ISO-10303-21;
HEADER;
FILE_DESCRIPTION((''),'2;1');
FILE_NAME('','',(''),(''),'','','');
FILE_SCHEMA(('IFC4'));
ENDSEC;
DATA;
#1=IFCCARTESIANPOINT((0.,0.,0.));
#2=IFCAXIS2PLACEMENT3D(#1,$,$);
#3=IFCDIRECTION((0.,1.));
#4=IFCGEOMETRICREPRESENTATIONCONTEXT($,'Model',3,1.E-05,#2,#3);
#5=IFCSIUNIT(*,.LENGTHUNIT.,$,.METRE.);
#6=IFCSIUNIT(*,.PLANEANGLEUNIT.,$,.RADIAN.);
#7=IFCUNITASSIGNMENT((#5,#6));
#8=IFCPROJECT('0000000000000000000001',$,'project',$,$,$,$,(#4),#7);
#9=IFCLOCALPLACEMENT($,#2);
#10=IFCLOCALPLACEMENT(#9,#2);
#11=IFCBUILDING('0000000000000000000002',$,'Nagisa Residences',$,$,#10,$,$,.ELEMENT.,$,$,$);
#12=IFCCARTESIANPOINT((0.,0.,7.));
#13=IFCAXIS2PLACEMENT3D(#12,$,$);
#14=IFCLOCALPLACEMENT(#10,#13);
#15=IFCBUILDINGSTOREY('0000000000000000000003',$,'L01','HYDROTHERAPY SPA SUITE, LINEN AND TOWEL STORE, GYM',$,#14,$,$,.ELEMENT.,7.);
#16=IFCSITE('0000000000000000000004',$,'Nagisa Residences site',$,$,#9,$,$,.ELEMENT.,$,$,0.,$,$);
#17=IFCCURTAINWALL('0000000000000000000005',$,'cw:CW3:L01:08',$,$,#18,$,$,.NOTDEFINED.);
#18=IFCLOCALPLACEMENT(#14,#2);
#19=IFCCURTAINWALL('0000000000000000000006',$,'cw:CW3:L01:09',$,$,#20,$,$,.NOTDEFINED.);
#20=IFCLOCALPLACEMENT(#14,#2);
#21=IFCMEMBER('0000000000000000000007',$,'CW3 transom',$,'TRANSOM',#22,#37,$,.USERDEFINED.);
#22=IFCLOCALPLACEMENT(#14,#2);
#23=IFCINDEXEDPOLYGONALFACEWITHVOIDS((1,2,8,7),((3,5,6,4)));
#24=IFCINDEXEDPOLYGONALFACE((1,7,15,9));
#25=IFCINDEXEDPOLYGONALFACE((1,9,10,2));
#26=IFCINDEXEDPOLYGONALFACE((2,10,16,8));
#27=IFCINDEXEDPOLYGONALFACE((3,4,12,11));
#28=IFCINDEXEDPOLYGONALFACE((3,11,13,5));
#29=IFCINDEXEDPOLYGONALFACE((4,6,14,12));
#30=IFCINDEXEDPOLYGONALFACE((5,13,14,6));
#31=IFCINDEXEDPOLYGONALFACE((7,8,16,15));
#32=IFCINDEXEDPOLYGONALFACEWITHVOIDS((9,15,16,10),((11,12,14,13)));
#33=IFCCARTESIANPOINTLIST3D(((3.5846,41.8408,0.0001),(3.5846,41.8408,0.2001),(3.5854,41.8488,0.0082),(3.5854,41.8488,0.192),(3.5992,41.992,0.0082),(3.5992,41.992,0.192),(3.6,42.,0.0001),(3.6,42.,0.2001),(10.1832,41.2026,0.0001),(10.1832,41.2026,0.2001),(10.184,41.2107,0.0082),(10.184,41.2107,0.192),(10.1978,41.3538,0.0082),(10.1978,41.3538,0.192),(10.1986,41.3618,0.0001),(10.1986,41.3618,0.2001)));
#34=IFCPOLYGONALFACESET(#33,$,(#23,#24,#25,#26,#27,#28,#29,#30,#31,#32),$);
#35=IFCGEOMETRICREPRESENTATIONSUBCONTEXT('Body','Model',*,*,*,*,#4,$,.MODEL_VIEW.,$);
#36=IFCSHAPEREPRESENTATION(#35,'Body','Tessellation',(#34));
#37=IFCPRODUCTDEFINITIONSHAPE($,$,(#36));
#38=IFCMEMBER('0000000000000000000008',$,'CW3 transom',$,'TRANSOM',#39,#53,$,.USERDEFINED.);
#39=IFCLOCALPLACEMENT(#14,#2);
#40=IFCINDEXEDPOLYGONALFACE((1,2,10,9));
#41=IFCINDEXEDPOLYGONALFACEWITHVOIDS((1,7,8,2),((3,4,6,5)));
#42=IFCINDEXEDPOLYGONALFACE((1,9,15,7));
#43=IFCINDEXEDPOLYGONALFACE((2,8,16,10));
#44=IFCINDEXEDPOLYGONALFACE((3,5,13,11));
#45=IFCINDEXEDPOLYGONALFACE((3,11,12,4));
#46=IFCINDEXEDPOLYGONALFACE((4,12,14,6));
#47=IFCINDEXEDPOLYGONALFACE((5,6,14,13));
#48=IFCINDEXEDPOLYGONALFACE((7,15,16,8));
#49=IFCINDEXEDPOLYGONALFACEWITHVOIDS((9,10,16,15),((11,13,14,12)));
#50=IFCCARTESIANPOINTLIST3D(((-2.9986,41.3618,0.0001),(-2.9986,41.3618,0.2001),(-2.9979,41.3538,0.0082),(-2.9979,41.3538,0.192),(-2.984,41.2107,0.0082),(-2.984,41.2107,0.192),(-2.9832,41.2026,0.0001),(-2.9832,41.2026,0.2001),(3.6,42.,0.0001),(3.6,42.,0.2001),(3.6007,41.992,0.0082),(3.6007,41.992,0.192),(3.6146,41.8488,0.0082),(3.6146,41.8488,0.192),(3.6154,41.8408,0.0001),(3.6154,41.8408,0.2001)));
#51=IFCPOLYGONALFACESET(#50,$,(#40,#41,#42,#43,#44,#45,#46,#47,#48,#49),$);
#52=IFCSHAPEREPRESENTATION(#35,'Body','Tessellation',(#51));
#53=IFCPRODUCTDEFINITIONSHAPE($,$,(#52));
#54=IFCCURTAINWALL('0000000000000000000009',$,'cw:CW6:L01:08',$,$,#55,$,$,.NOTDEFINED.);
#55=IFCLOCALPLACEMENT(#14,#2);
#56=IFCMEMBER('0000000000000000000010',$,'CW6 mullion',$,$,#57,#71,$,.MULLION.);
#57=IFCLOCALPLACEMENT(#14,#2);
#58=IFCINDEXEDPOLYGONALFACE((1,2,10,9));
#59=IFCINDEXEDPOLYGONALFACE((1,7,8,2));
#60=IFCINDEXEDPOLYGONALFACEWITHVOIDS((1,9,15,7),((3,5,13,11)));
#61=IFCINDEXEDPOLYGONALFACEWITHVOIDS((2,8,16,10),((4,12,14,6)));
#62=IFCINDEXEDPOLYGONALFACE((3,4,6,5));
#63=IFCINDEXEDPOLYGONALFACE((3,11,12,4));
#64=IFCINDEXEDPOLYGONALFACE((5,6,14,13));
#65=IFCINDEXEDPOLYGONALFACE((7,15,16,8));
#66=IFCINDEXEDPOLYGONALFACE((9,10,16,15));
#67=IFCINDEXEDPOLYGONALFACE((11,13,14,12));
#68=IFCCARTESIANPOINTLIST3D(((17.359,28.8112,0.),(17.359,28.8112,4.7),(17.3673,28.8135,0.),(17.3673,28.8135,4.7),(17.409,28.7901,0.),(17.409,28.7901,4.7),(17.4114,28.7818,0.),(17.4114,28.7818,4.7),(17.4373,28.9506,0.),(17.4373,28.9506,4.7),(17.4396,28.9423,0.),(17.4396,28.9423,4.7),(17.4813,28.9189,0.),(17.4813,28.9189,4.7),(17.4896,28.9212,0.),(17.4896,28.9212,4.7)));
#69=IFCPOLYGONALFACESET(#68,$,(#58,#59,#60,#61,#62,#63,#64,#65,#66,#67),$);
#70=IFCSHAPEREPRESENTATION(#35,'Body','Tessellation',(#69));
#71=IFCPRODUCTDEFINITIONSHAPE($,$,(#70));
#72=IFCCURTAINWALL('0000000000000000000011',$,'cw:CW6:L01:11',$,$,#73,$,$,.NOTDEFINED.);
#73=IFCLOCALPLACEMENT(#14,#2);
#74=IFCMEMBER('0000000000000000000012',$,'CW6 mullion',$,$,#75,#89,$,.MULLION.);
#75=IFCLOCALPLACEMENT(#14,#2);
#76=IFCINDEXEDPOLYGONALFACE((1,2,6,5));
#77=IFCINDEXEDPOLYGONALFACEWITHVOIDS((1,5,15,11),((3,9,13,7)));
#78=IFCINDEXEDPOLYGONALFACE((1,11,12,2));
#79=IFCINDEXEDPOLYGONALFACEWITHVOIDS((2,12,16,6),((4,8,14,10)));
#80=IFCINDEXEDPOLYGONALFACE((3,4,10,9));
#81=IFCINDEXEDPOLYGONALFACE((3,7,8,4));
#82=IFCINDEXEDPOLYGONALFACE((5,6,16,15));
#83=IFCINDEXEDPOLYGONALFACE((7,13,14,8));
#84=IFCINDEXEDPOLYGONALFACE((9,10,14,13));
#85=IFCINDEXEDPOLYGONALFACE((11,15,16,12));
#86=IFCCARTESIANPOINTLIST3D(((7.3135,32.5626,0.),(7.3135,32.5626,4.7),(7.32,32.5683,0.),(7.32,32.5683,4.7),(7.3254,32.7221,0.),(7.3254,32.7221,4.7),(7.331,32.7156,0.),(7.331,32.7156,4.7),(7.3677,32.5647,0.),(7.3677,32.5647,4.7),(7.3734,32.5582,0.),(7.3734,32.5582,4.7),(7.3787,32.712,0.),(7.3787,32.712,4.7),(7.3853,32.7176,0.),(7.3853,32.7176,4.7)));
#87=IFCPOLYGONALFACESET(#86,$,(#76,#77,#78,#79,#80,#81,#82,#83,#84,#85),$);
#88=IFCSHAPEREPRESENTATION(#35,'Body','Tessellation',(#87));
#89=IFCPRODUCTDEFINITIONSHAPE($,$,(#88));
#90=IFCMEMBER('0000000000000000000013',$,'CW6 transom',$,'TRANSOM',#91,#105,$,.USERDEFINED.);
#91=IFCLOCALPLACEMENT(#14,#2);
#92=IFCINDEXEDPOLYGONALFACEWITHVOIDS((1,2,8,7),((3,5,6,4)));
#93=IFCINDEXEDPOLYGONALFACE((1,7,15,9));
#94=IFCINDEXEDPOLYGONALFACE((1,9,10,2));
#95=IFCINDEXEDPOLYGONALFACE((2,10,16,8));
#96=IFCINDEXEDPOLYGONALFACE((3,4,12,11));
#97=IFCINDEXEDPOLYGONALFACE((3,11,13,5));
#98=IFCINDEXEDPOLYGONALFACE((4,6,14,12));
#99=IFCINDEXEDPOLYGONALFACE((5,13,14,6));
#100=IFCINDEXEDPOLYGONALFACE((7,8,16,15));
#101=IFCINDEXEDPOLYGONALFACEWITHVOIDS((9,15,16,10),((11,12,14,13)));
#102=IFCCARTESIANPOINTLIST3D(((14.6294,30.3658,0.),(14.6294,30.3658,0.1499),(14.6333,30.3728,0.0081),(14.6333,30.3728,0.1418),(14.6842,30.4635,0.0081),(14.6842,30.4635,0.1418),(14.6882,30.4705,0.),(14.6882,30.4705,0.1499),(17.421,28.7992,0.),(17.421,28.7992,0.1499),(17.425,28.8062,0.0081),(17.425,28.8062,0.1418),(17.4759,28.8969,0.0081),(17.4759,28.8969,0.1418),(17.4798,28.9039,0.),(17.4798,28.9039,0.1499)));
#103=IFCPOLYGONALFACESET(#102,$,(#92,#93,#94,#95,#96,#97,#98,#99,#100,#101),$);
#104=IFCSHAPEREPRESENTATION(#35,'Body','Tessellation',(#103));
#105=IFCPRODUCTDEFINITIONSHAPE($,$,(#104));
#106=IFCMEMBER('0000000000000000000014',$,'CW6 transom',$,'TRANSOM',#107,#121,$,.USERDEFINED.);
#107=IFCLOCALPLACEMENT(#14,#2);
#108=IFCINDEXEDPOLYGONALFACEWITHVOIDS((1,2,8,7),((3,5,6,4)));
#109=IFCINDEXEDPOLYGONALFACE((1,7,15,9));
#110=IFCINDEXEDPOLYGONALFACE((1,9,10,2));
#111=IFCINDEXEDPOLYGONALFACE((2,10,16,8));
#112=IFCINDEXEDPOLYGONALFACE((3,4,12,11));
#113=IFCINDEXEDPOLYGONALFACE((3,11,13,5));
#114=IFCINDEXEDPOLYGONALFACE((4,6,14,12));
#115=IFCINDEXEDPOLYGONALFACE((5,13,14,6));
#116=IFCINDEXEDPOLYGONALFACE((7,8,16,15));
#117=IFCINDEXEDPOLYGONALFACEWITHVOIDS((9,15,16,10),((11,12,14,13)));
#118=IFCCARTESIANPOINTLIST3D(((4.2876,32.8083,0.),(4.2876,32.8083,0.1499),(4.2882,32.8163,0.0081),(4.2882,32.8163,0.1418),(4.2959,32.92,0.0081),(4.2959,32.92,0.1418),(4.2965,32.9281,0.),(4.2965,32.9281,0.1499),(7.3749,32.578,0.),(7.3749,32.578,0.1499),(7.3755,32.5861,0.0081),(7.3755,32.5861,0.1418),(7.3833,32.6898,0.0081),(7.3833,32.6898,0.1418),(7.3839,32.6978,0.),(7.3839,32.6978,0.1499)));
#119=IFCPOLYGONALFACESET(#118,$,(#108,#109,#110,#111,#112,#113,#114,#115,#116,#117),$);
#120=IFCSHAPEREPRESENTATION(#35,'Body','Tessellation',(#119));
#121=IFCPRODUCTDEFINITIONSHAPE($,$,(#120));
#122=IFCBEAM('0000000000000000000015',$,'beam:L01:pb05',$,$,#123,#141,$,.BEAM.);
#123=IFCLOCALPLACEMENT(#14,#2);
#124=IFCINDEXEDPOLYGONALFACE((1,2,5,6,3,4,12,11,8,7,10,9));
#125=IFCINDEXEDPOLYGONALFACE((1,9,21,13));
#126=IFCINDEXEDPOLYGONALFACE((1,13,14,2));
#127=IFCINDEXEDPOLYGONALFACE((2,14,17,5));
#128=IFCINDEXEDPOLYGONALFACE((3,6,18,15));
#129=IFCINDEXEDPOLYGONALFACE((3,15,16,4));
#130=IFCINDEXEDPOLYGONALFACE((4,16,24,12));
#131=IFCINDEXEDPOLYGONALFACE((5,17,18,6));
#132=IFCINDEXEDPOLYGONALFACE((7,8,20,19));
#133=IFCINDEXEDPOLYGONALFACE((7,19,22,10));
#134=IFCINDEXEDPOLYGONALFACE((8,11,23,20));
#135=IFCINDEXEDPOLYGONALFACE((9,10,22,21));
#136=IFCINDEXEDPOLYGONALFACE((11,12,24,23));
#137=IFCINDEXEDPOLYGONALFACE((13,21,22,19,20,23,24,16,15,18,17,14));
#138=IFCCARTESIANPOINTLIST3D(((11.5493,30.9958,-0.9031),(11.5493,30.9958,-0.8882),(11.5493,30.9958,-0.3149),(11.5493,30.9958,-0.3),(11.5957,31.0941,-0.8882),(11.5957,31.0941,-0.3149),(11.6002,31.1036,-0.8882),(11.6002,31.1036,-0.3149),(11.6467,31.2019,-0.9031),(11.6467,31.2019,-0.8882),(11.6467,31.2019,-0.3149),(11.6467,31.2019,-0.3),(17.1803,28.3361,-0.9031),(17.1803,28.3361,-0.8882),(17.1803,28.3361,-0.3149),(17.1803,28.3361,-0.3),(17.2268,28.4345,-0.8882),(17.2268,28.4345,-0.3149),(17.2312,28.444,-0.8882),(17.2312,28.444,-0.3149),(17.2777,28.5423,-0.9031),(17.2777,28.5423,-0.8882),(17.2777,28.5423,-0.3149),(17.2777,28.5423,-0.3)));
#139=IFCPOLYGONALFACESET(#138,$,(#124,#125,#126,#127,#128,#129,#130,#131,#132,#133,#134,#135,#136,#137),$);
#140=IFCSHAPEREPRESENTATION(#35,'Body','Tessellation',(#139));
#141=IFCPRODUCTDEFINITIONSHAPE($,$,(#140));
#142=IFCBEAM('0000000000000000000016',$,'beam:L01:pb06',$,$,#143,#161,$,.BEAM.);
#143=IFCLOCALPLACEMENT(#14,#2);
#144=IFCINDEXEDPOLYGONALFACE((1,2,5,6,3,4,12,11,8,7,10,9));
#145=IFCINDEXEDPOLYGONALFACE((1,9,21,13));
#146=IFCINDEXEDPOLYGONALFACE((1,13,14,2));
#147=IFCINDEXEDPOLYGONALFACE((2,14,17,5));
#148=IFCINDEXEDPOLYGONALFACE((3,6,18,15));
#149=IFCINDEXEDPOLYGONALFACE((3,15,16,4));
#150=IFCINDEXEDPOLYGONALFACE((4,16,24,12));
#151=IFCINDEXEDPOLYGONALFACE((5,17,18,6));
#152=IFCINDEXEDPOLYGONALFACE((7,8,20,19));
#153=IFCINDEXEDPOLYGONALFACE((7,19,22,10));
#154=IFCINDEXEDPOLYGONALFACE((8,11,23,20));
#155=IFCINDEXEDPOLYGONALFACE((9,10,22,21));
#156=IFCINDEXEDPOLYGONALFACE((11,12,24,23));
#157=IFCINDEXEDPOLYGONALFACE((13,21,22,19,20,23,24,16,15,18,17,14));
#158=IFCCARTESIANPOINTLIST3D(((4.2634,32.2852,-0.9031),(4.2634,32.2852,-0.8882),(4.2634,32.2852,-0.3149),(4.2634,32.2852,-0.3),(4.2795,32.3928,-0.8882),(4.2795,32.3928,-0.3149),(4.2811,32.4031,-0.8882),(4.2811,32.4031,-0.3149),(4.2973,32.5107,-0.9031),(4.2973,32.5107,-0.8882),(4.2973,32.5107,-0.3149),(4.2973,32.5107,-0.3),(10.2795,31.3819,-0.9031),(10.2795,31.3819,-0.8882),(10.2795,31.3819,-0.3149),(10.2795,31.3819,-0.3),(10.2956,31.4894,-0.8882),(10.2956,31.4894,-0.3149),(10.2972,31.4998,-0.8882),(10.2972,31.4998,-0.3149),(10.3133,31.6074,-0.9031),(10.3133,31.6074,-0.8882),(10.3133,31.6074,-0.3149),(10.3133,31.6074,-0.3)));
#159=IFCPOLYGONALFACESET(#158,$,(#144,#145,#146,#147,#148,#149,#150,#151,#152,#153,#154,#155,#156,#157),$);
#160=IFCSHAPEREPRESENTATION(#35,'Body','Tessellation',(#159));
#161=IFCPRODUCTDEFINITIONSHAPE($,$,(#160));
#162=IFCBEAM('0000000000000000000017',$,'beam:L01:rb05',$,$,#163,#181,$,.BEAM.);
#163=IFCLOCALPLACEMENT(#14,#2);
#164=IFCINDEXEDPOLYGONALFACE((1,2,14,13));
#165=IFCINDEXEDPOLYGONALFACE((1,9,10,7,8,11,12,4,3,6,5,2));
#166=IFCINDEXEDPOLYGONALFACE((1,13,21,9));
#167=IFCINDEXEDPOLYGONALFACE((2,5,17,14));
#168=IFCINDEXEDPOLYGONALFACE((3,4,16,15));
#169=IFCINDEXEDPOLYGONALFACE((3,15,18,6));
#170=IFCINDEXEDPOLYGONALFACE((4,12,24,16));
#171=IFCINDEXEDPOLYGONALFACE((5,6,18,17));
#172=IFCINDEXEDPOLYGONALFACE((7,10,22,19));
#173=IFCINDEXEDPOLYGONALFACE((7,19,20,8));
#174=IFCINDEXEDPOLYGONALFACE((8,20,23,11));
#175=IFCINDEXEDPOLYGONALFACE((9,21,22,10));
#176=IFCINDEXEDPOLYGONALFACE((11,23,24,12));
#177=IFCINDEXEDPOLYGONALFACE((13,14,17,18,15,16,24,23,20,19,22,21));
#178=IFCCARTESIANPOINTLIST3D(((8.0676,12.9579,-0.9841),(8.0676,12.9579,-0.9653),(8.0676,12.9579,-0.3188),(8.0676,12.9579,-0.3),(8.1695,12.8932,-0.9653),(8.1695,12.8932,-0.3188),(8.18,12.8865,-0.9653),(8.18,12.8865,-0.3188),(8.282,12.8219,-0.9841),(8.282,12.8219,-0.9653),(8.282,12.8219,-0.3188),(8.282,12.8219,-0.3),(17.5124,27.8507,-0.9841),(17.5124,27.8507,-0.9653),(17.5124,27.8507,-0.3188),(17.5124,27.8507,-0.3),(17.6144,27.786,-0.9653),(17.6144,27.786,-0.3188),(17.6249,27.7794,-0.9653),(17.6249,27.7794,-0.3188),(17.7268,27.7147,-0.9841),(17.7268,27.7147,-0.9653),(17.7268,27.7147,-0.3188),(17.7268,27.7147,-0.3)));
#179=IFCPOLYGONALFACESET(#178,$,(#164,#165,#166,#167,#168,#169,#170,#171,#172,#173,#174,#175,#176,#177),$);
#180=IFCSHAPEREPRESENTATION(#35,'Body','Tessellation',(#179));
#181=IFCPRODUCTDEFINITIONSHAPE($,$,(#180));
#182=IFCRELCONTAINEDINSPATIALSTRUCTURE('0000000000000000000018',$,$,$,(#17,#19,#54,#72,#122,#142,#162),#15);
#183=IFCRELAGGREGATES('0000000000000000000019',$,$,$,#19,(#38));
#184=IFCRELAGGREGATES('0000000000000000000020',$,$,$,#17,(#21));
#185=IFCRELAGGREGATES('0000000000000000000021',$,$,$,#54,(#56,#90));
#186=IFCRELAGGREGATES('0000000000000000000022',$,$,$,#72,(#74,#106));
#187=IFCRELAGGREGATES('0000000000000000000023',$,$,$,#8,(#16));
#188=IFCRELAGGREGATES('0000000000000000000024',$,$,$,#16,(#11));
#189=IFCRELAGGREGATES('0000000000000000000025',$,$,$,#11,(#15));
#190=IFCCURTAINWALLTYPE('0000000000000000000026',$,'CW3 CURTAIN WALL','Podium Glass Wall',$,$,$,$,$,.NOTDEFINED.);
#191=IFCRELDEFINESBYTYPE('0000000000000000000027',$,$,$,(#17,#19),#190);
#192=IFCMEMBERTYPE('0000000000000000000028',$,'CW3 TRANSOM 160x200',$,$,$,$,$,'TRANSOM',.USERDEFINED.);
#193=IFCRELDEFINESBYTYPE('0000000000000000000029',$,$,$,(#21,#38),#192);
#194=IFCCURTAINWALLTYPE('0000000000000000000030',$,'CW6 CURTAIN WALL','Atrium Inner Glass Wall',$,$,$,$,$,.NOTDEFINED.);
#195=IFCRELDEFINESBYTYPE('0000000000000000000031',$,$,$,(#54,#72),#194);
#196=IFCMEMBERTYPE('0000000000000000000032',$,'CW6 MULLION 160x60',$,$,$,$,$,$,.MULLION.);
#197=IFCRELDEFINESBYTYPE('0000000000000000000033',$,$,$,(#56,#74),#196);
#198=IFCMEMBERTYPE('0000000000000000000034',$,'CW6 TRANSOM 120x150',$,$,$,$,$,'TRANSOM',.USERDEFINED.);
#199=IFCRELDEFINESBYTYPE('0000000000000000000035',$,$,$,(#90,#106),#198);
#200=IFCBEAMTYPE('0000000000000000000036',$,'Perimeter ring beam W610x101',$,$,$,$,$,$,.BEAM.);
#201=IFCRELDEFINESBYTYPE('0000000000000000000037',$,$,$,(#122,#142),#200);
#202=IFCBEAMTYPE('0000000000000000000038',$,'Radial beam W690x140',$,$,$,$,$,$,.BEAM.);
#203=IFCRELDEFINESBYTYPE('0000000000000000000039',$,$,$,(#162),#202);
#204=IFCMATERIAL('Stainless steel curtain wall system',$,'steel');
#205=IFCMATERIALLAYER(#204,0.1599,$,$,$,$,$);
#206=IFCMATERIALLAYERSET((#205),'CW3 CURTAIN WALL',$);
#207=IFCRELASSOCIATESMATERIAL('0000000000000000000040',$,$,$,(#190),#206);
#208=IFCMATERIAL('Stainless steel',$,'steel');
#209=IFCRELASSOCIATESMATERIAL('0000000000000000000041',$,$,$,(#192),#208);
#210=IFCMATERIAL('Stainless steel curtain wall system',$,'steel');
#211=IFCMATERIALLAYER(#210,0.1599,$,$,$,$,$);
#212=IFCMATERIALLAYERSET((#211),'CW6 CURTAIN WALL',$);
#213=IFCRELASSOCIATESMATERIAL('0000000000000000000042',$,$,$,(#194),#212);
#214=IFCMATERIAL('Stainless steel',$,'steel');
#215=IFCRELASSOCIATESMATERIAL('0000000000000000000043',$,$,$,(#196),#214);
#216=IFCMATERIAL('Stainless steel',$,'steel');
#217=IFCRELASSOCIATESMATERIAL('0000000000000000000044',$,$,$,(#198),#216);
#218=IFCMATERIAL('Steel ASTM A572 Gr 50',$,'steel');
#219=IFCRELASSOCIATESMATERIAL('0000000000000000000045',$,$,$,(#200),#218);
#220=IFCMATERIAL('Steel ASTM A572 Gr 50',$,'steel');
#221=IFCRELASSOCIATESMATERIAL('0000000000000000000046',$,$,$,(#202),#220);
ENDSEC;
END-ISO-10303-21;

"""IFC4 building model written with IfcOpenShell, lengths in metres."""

from ifc_helpers import new_model, si_unit, direction, frame, origin, origin_2d, place, context, subcontext, project, spatial, hollow_rectangle, i_section, extrude, material, layer, layer_set, material_profile, profile_set, type_object, element, aggregate, save


model = new_model("IFC4")

# Units and contexts
model_context = context("Model", 3, precision=1e-05, world=origin(), true_north=direction((0.0, 1.0)))
body_context = subcontext(model_context, "Body", "Model", "MODEL_VIEW")
ifc_project = project(units=[si_unit("LENGTHUNIT", "METRE"), si_unit("PLANEANGLEUNIT", "RADIAN")], contexts=[model_context])

# Site, building, storey
site_placement = place(None, origin())
site = spatial("IfcSite", under=ifc_project, at=site_placement, Name="Nagisa Residences site", CompositionType="ELEMENT", RefElevation=0.0)
building_placement = place(site_placement, origin())
building = spatial("IfcBuilding", under=site, at=building_placement, Name="Nagisa Residences", CompositionType="ELEMENT")
storey_placement = place(building_placement, frame((0.0, 0.0, 7.0)))
storey = spatial("IfcBuildingStorey", under=building, at=storey_placement, Name="L01", Description="HYDROTHERAPY SPA SUITE, LINEN AND TOWEL STORE, GYM", CompositionType="ELEMENT", Elevation=7.0)

# Shared definitions
ifc_material_1 = material(Name="Stainless steel curtain wall system", Category="steel")
ifc_layer_1 = layer(ifc_material_1, 0.1599)
ifc_layer_set_1 = layer_set([ifc_layer_1], Name="CW3 CURTAIN WALL")
curtain_wall_type_1 = type_object("IfcCurtainWallType", Name="CW3 CURTAIN WALL", Description="Podium Glass Wall", PredefinedType="NOTDEFINED", material=ifc_layer_set_1)

# Curtain wall
curtain_wall_1_placement = place(storey_placement, origin())
curtain_wall_1 = element("IfcCurtainWall", 1, at=curtain_wall_1_placement, inside=storey, type_object=curtain_wall_type_1, Name="cw:CW3:L01:08", PredefinedType="NOTDEFINED")

# Curtain wall
curtain_wall_2_placement = place(storey_placement, origin())
curtain_wall_2 = element("IfcCurtainWall", 2, at=curtain_wall_2_placement, inside=storey, type_object=curtain_wall_type_1, Name="cw:CW3:L01:09", PredefinedType="NOTDEFINED")

# Members
ifc_material_2 = material(Name="Stainless steel", Category="steel")
ifc_material_profile_1 = material_profile(ifc_material_2, hollow_rectangle(XDim=0.1599, YDim=0.2, WallThickness=0.0081, at=origin_2d()), Name="CW3 TRANSOM 160x200")
ifc_profile_set_1 = profile_set([ifc_material_profile_1], Name="Stainless steel")
member_type_1 = type_object("IfcMemberType", Name="CW3 TRANSOM 160x200", ElementType="TRANSOM", PredefinedType="USERDEFINED", material=ifc_profile_set_1)
member_1_placement = place(storey_placement, frame((10.1909, 41.2822, 0.1001), z_axis=(-0.995356, 0.096265, 0.0), x_axis=(-0.096265, -0.995356, 0.0)))
member_1 = element("IfcMember", 3, at=member_1_placement, type_object=member_type_1, Name="CW3 transom", ObjectType="TRANSOM", PredefinedType="USERDEFINED", context=body_context, shape_type="SweptSolid", body=[
    extrude(hollow_rectangle(XDim=0.1599, YDim=0.2, WallThickness=0.0081, at=origin_2d()), origin(), (0.0, 0.0, 1.0), 6.6294),
])
member_2_placement = place(storey_placement, frame((3.6077, 41.9204, 0.1001), z_axis=(-0.995356, -0.096265, 0.0), x_axis=(0.096265, -0.995356, 0.0)))
member_2 = element("IfcMember", 4, at=member_2_placement, type_object=member_type_1, Name="CW3 transom", ObjectType="TRANSOM", PredefinedType="USERDEFINED", context=body_context, shape_type="SweptSolid", body=[
    extrude(hollow_rectangle(XDim=0.1599, YDim=0.2, WallThickness=0.0081, at=origin_2d()), origin(), (0.0, 0.0, 1.0), 6.6294),
])
aggregate(curtain_wall_2, [member_2])

# Curtain walls, members
ifc_material_3 = material(Name="Stainless steel curtain wall system", Category="steel")
ifc_layer_2 = layer(ifc_material_3, 0.1599)
ifc_layer_set_2 = layer_set([ifc_layer_2], Name="CW6 CURTAIN WALL")
curtain_wall_type_2 = type_object("IfcCurtainWallType", Name="CW6 CURTAIN WALL", Description="Atrium Inner Glass Wall", PredefinedType="NOTDEFINED", material=ifc_layer_set_2)
curtain_wall_3_placement = place(storey_placement, origin())
curtain_wall_3 = element("IfcCurtainWall", 5, at=curtain_wall_3_placement, inside=storey, type_object=curtain_wall_type_2, Name="cw:CW6:L01:08", PredefinedType="NOTDEFINED")
ifc_material_4 = material(Name="Stainless steel", Category="steel")
ifc_material_profile_2 = material_profile(ifc_material_4, hollow_rectangle(XDim=0.1599, YDim=0.0601, WallThickness=0.0061, at=origin_2d()), Name="CW6 MULLION 160x60")
ifc_profile_set_2 = profile_set([ifc_material_profile_2], Name="Stainless steel")
member_type_2 = type_object("IfcMemberType", Name="CW6 MULLION 160x60", PredefinedType="MULLION", material=ifc_profile_set_2)
member_3_placement = place(storey_placement, frame((17.4243, 28.8662, 0.0), z_axis=(0.0, 0.0, 1.0), x_axis=(-0.489377, -0.872072, 0.0)))
member_3 = element("IfcMember", 6, at=member_3_placement, type_object=member_type_2, Name="CW6 mullion", PredefinedType="MULLION", context=body_context, shape_type="SweptSolid", body=[
    extrude(hollow_rectangle(XDim=0.1599, YDim=0.0601, WallThickness=0.0061, at=origin_2d()), origin(), (0.0, 0.0, 1.0), 4.7),
])
curtain_wall_4_placement = place(storey_placement, origin())
curtain_wall_4 = element("IfcCurtainWall", 7, at=curtain_wall_4_placement, inside=storey, type_object=curtain_wall_type_2, Name="cw:CW6:L01:11", PredefinedType="NOTDEFINED")
member_4_placement = place(storey_placement, frame((7.3494, 32.6401, 0.0), z_axis=(0.0, 0.0, 1.0), x_axis=(-0.074377, -0.99723, 0.0)))
member_4 = element("IfcMember", 8, at=member_4_placement, type_object=member_type_2, Name="CW6 mullion", PredefinedType="MULLION", context=body_context, shape_type="SweptSolid", body=[
    extrude(hollow_rectangle(XDim=0.1599, YDim=0.0601, WallThickness=0.0061, at=origin_2d()), origin(), (0.0, 0.0, 1.0), 4.7),
])

# Members
ifc_material_5 = material(Name="Stainless steel", Category="steel")
ifc_material_profile_3 = material_profile(ifc_material_5, hollow_rectangle(XDim=0.1201, YDim=0.1499, WallThickness=0.0081, at=origin_2d()), Name="CW6 TRANSOM 120x150")
ifc_profile_set_3 = profile_set([ifc_material_profile_3], Name="Stainless steel")
member_type_3 = type_object("IfcMemberType", Name="CW6 TRANSOM 120x150", ElementType="TRANSOM", PredefinedType="USERDEFINED", material=ifc_profile_set_3)
member_5_placement = place(storey_placement, frame((17.4504, 28.8516, 0.075), z_axis=(-0.87207, 0.489381, 0.0), x_axis=(-0.489381, -0.87207, 0.0)))
member_5 = element("IfcMember", 9, at=member_5_placement, type_object=member_type_3, Name="CW6 transom", ObjectType="TRANSOM", PredefinedType="USERDEFINED", context=body_context, shape_type="SweptSolid", body=[
    extrude(hollow_rectangle(XDim=0.1201, YDim=0.1499, WallThickness=0.0081, at=origin_2d()), origin(), (0.0, 0.0, 1.0), 3.2012),
])
member_6_placement = place(storey_placement, frame((7.3794, 32.6379, 0.075), z_axis=(-0.997231, 0.074363, 0.0), x_axis=(-0.074363, -0.997231, 0.0)))
member_6 = element("IfcMember", 10, at=member_6_placement, type_object=member_type_3, Name="CW6 transom", ObjectType="TRANSOM", PredefinedType="USERDEFINED", context=body_context, shape_type="SweptSolid", body=[
    extrude(hollow_rectangle(XDim=0.1201, YDim=0.1499, WallThickness=0.0081, at=origin_2d()), origin(), (0.0, 0.0, 1.0), 3.0959),
])

# Beams
ifc_material_6 = material(Name="Steel ASTM A572 Gr 50", Category="steel")
ifc_material_profile_4 = material_profile(ifc_material_6, i_section(OverallWidth=0.228, OverallDepth=0.603, WebThickness=0.0105, FlangeThickness=0.0149, at=origin_2d()), Name="W610x101")
ifc_profile_set_4 = profile_set([ifc_material_profile_4], Name="Steel ASTM A572 Gr 50")
beam_type_1 = type_object("IfcBeamType", Name="Perimeter ring beam W610x101", PredefinedType="BEAM", material=ifc_profile_set_4)
beam_1_placement = place(storey_placement, frame((17.229, 28.4392, -0.6016), z_axis=(-0.904215, 0.427077, 0.0), x_axis=(-0.427077, -0.904215, 0.0)))
element("IfcBeam", 11, at=beam_1_placement, inside=storey, type_object=beam_type_1, Name="beam:L01:pb05", PredefinedType="BEAM", context=body_context, shape_type="SweptSolid", body=[
    extrude(i_section(OverallWidth=0.228, OverallDepth=0.603, WebThickness=0.0105, FlangeThickness=0.0149, at=origin_2d()), origin(), (0.0, 0.0, 1.0), 6.2275),
])
beam_2_placement = place(storey_placement, frame((10.2964, 31.4946, -0.6016), z_axis=(-0.988915, 0.148486, 0.0), x_axis=(-0.148486, -0.988915, 0.0)))
element("IfcBeam", 12, at=beam_2_placement, inside=storey, type_object=beam_type_1, Name="beam:L01:pb06", PredefinedType="BEAM", context=body_context, shape_type="SweptSolid", body=[
    extrude(i_section(OverallWidth=0.228, OverallDepth=0.603, WebThickness=0.0105, FlangeThickness=0.0149, at=origin_2d()), origin(), (0.0, 0.0, 1.0), 6.0835),
])
ifc_material_7 = material(Name="Steel ASTM A572 Gr 50", Category="steel")
ifc_material_profile_5 = material_profile(ifc_material_7, i_section(OverallWidth=0.2539, OverallDepth=0.6841, WebThickness=0.0125, FlangeThickness=0.0188, at=origin_2d()), Name="W690x140")
ifc_profile_set_5 = profile_set([ifc_material_profile_5], Name="Steel ASTM A572 Gr 50")
beam_type_2 = type_object("IfcBeamType", Name="Radial beam W690x140", PredefinedType="BEAM", material=ifc_profile_set_5)
beam_3_placement = place(storey_placement, frame((17.6196, 27.7827, -0.6421), z_axis=(-0.535566, -0.844493, 0.0), x_axis=(0.844493, -0.535566, 0.0)))
element("IfcBeam", 13, at=beam_3_placement, inside=storey, type_object=beam_type_2, Name="beam:L01:rb05", PredefinedType="BEAM", context=body_context, shape_type="SweptSolid", body=[
    extrude(i_section(OverallWidth=0.2539, OverallDepth=0.6841, WebThickness=0.0125, FlangeThickness=0.0188, at=origin_2d()), origin(), (0.0, 0.0, 1.0), 17.6353),
])

aggregate(curtain_wall_1, [member_1])
aggregate(curtain_wall_3, [member_3, member_5])
aggregate(curtain_wall_4, [member_4, member_6])

save(model, "model.ifc")
